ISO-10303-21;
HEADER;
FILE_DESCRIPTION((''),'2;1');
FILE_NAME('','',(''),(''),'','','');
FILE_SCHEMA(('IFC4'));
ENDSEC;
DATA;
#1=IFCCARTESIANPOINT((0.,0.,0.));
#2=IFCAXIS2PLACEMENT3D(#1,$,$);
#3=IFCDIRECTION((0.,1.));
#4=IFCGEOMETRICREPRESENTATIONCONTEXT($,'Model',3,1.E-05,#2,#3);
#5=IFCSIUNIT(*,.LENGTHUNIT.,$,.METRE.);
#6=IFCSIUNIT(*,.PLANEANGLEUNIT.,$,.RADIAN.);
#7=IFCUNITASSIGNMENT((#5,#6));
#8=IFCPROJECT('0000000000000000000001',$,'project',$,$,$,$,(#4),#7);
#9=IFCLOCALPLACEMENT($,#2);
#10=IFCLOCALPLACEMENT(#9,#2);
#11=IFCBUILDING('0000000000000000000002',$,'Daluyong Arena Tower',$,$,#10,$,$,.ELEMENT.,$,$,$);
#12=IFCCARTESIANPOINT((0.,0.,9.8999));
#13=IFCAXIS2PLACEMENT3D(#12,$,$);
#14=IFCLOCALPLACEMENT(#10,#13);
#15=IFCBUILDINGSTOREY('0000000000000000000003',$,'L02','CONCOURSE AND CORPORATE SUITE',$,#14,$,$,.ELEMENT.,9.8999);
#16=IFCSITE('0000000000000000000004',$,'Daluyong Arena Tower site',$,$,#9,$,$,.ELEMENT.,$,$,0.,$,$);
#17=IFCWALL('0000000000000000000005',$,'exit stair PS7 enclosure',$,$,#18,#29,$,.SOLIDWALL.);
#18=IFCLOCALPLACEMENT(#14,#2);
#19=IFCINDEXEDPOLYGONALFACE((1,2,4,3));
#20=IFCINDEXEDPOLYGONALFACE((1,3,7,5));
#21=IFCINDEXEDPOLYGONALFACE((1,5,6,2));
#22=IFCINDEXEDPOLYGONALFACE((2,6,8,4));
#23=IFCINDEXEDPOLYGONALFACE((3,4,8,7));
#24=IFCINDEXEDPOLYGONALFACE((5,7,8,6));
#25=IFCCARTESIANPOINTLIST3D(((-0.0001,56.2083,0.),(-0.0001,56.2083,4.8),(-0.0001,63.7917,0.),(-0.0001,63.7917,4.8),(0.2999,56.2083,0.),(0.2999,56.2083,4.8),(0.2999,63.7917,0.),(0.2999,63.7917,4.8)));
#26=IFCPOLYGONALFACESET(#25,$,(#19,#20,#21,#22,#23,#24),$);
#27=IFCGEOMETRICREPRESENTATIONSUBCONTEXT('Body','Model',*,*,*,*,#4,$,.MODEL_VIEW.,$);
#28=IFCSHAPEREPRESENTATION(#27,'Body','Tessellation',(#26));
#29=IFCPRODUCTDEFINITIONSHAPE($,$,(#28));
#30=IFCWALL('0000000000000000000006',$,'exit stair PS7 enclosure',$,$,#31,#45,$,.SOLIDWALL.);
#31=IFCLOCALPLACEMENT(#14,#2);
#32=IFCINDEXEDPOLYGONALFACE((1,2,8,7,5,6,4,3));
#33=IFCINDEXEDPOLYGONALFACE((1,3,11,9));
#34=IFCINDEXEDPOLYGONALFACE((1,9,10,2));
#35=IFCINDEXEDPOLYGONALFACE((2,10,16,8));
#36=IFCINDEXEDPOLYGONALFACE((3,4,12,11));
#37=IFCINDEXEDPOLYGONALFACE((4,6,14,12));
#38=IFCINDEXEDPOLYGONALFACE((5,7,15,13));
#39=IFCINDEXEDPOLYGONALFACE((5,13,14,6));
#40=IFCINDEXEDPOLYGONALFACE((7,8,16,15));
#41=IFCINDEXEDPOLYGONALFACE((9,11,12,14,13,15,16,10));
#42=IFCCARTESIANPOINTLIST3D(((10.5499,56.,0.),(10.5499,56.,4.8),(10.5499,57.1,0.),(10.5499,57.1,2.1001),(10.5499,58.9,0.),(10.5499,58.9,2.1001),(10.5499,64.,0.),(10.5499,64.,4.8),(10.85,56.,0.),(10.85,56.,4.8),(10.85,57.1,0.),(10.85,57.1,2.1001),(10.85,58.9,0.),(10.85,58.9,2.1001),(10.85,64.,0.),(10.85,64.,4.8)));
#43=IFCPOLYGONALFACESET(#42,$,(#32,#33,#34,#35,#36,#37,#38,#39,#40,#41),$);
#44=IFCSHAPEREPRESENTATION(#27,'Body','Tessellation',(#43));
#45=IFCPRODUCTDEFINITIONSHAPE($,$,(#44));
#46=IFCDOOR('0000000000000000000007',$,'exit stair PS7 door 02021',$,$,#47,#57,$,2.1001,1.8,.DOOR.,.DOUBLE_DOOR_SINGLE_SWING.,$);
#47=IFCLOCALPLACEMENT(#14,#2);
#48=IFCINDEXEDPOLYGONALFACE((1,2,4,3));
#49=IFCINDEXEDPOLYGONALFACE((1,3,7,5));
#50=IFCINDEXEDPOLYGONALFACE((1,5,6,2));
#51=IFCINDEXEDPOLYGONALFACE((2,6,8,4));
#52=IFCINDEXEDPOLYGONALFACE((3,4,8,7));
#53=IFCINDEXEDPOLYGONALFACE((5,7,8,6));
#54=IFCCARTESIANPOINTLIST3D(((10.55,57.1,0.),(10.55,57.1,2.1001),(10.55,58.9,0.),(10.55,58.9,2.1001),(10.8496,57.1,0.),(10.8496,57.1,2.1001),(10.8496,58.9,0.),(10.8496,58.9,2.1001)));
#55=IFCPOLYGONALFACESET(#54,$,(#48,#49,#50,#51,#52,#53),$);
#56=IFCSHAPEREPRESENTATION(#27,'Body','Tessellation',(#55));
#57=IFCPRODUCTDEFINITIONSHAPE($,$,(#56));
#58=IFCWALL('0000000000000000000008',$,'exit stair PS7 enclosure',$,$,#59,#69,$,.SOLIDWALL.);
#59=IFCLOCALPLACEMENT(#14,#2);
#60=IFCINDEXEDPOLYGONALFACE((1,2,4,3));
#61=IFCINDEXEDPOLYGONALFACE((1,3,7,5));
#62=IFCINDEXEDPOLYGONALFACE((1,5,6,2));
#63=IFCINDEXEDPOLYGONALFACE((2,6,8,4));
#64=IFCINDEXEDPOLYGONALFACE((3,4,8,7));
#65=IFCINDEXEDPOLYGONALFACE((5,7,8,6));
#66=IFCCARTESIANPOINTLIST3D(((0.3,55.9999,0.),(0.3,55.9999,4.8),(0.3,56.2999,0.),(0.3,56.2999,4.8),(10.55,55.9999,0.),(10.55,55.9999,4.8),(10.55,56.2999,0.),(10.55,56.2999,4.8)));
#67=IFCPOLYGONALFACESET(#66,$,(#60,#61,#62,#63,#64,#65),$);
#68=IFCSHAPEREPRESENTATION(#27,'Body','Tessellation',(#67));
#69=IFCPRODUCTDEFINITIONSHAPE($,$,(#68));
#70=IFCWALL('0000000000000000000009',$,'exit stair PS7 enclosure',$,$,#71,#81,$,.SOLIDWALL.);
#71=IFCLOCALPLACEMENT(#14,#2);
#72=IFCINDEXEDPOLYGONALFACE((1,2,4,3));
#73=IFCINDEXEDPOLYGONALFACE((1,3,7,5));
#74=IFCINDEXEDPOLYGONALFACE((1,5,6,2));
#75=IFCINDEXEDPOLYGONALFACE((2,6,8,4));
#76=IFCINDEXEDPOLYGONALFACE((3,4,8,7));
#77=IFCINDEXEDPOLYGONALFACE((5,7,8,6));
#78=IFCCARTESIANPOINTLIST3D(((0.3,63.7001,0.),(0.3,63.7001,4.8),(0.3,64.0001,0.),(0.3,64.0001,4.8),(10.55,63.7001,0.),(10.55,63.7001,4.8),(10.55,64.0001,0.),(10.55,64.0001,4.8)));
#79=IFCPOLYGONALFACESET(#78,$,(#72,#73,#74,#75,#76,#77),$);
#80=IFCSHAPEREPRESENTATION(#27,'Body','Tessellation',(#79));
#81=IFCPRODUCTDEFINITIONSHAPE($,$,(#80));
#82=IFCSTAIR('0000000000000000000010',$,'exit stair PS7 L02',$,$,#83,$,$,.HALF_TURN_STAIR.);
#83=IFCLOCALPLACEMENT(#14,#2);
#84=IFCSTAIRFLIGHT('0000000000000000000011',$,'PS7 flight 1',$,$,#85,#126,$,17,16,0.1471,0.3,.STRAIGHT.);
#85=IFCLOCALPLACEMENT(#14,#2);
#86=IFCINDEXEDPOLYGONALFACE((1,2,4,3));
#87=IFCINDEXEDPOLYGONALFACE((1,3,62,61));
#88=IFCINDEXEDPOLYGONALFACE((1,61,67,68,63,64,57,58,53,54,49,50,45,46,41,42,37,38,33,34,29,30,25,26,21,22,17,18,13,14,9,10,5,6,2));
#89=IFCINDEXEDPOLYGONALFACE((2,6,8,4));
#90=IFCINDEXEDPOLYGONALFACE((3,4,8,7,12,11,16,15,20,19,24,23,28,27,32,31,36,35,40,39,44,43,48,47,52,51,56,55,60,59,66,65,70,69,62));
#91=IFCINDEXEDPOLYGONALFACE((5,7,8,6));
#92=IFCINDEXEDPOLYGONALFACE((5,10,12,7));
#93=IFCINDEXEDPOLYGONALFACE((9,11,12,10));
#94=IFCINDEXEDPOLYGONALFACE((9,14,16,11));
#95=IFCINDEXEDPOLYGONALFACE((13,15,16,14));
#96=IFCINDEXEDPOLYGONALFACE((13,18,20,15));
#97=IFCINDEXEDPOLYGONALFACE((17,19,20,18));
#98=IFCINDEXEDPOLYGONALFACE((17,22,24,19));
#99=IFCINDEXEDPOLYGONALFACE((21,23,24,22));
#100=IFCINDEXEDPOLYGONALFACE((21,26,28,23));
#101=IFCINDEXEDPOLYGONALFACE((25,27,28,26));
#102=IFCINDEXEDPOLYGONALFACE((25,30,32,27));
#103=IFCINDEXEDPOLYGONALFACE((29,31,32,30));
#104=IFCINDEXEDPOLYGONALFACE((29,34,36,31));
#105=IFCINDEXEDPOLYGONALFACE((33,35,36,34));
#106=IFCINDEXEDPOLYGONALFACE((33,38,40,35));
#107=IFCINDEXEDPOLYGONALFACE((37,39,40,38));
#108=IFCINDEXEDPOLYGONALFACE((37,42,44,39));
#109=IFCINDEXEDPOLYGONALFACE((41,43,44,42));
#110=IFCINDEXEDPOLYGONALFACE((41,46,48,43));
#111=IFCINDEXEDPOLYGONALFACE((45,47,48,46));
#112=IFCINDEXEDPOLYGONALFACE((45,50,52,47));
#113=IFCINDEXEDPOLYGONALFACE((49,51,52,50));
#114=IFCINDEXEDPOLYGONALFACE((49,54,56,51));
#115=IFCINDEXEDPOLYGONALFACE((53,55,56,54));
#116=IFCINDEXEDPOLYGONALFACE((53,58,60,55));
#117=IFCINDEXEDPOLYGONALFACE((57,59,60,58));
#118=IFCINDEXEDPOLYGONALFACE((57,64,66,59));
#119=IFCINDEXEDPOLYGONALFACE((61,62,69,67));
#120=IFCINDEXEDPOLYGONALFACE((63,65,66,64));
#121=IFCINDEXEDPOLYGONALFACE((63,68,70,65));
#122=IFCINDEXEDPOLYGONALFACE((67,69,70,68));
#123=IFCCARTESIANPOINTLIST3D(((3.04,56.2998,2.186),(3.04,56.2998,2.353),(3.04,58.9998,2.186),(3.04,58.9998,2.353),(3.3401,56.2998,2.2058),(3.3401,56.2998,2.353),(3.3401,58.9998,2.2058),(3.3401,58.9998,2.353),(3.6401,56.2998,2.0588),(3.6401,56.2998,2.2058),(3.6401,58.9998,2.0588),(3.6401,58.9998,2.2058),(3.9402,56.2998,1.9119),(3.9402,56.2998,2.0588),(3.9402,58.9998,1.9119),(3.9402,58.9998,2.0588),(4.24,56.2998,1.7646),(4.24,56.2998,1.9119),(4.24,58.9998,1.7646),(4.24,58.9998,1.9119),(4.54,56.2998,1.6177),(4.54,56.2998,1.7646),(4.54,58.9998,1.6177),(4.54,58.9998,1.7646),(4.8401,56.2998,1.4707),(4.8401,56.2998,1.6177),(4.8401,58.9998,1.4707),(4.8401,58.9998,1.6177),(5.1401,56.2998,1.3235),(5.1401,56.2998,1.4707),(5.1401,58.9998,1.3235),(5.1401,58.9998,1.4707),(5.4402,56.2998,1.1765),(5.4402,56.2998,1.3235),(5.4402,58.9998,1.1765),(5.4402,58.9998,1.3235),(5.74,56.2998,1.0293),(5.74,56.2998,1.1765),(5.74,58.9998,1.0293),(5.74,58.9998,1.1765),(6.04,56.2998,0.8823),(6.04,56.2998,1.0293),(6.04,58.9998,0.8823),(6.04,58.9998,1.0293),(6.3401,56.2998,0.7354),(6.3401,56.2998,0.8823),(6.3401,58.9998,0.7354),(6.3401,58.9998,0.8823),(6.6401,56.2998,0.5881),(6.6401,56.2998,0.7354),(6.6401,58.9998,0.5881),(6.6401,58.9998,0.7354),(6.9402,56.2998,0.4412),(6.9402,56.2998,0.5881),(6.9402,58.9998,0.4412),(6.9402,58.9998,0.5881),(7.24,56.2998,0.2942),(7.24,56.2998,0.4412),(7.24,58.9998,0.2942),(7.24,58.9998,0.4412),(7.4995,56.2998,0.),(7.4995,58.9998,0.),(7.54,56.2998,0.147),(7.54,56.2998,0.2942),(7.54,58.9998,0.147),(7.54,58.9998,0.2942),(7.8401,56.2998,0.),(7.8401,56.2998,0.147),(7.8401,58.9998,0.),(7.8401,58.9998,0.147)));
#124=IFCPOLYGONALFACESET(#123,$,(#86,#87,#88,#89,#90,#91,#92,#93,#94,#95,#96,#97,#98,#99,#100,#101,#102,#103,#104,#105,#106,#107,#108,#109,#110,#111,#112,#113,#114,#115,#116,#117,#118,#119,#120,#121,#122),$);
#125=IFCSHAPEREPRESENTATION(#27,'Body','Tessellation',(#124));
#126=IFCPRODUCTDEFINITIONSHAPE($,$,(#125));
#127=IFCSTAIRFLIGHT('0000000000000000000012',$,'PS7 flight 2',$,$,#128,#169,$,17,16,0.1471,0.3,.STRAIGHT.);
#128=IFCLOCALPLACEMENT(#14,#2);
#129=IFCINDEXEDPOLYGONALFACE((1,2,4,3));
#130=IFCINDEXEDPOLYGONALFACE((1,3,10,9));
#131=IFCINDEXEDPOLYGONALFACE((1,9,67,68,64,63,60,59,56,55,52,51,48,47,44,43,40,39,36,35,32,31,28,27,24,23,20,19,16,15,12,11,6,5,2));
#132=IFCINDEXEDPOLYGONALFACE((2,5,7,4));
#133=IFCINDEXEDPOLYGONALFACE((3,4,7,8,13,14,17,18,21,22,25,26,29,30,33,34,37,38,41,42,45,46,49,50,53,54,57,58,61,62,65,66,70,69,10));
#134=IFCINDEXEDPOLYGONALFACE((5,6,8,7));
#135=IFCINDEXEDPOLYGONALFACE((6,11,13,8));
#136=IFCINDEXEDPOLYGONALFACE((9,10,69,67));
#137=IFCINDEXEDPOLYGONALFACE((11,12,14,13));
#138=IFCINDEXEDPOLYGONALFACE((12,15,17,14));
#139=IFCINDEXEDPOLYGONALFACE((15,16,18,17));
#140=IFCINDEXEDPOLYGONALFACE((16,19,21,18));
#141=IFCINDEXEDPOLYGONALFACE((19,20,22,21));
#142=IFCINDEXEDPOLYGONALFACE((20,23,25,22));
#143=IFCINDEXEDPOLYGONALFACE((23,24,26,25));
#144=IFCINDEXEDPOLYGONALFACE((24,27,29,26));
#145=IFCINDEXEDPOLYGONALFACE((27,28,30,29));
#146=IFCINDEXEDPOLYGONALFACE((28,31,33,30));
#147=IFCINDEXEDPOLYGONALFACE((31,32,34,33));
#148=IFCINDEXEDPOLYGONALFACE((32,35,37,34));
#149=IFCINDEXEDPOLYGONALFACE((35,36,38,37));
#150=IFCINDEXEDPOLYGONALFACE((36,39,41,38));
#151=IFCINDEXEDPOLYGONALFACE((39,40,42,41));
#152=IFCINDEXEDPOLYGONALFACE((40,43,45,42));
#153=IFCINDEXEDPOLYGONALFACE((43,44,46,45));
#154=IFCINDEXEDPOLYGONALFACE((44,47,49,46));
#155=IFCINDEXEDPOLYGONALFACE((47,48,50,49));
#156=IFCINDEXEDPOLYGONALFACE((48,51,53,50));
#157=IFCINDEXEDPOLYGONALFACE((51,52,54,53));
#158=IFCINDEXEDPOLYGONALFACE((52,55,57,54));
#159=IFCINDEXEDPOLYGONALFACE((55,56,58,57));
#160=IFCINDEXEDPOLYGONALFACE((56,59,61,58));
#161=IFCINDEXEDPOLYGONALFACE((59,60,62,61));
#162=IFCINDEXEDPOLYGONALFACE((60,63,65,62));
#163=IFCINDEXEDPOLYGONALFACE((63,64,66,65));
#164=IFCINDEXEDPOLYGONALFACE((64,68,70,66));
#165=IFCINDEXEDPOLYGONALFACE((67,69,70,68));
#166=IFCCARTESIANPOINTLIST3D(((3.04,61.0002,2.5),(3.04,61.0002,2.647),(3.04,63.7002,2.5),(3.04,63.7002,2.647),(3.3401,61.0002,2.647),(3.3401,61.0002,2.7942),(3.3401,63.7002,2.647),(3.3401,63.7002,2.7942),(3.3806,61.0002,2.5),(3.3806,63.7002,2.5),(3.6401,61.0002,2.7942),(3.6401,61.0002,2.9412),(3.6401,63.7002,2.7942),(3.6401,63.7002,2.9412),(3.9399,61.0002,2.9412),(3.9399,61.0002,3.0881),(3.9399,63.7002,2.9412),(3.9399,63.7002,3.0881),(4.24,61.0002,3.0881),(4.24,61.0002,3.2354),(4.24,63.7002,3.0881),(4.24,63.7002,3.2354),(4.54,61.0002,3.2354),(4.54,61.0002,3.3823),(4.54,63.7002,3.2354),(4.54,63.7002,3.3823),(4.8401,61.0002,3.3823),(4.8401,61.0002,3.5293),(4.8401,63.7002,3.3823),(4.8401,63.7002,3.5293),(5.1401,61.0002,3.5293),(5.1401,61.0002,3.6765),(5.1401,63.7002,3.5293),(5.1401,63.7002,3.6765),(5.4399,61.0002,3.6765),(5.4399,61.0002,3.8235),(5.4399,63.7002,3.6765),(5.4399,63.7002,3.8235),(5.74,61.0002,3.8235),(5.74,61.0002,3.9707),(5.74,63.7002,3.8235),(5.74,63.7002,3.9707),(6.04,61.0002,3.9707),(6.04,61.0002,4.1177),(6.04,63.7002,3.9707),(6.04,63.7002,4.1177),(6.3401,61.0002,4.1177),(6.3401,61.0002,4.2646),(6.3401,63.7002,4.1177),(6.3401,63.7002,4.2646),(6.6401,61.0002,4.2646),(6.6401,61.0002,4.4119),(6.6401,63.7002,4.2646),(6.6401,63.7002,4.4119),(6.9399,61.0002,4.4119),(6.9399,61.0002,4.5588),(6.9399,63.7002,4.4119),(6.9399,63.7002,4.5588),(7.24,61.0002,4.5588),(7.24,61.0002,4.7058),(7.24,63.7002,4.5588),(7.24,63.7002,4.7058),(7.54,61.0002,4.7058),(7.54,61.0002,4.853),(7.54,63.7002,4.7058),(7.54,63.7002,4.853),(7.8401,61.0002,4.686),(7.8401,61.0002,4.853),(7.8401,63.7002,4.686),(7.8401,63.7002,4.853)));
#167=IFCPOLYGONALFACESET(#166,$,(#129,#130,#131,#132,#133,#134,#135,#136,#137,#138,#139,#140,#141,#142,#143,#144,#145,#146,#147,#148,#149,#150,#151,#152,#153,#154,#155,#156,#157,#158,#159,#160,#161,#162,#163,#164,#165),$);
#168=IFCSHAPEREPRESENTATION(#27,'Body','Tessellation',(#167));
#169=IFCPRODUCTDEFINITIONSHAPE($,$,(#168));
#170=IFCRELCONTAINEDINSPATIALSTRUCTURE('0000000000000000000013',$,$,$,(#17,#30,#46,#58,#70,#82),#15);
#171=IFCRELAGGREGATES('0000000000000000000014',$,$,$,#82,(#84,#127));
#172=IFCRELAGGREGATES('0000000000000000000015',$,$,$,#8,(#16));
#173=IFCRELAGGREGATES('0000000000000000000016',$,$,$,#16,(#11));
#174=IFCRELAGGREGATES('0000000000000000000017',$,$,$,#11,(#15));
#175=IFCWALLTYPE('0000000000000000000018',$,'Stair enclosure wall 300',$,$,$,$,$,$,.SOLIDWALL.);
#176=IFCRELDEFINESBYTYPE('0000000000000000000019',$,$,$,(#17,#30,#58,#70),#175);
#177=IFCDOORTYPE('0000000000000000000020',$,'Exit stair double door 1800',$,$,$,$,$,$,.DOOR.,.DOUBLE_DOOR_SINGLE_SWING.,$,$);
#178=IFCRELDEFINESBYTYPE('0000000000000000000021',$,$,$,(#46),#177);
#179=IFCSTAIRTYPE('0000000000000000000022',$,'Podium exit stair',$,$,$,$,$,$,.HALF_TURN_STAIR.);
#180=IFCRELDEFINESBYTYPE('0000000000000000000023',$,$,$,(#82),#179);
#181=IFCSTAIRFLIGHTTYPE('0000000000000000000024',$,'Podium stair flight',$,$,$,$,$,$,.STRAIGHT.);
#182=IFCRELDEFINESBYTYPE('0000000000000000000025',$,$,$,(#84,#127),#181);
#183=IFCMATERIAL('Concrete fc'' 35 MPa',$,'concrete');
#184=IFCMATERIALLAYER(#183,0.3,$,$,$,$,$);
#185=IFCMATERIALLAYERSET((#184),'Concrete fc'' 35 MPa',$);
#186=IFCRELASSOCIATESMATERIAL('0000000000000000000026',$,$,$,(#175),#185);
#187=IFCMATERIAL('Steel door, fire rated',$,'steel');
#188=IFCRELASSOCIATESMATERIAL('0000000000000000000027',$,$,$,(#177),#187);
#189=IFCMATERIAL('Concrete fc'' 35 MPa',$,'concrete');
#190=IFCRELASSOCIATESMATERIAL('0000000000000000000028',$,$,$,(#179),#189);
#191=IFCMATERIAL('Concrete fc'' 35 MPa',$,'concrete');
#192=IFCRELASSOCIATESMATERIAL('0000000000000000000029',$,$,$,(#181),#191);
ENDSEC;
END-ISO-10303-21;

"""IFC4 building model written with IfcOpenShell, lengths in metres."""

from ifc_helpers import new_model, si_unit, direction, frame, frame_2d, origin, place, context, subcontext, project, spatial, polyline, rectangle, outline, extrude, material, layer, layer_set, type_object, element, fill, aggregate, save


model = new_model("IFC4")

# Units and contexts
model_context = context("Model", 3, precision=1e-05, world=origin(), true_north=direction((0.0, 1.0)))
body_context = subcontext(model_context, "Body", "Model", "MODEL_VIEW")
ifc_project = project(units=[si_unit("LENGTHUNIT", "METRE"), si_unit("PLANEANGLEUNIT", "RADIAN")], contexts=[model_context])

# Site, building, storey
site_placement = place(None, origin())
site = spatial("IfcSite", under=ifc_project, at=site_placement, Name="Daluyong Arena Tower site", CompositionType="ELEMENT", RefElevation=0.0)
building_placement = place(site_placement, origin())
building = spatial("IfcBuilding", under=site, at=building_placement, Name="Daluyong Arena Tower", CompositionType="ELEMENT")
storey_placement = place(building_placement, frame((0.0, 0.0, 9.8999)))
storey = spatial("IfcBuildingStorey", under=building, at=storey_placement, Name="L02", Description="CONCOURSE AND CORPORATE SUITE", CompositionType="ELEMENT", Elevation=9.8999)

# Wall
ifc_material_1 = material(Name="Concrete fc' 35 MPa", Category="concrete")
ifc_layer_1 = layer(ifc_material_1, 0.3)
ifc_layer_set_1 = layer_set([ifc_layer_1], Name="Concrete fc' 35 MPa")
wall_type_1 = type_object("IfcWallType", Name="Stair enclosure wall 300", PredefinedType="SOLIDWALL", material=ifc_layer_set_1)
wall_1_placement = place(storey_placement, frame((0.1499, 56.2083, 0.0), z_axis=(0.0, 0.0, 1.0), x_axis=(0.0, 1.0, 0.0)))
element("IfcWall", 1, at=wall_1_placement, inside=storey, type_object=wall_type_1, Name="exit stair PS7 enclosure", PredefinedType="SOLIDWALL", context=body_context, shape_type="SweptSolid", body=[
    extrude(rectangle(XDim=7.5835, YDim=0.3, at=frame_2d((3.7917, 0.0))), origin(), (0.0, 0.0, 1.0), 4.8),
])

# Wall, opening, door
wall_2_placement = place(storey_placement, frame((10.7, 56.0, 0.0), z_axis=(0.0, 0.0, 1.0), x_axis=(0.0, 1.0, 0.0)))
wall_2 = element("IfcWall", 2, at=wall_2_placement, inside=storey, type_object=wall_type_1, Name="exit stair PS7 enclosure", PredefinedType="SOLIDWALL", context=body_context, shape_type="SweptSolid", body=[
    extrude(rectangle(XDim=8.0, YDim=0.3, at=frame_2d((4.0, 0.0))), origin(), (0.0, 0.0, 1.0), 4.8),
])
opening_placement = place(wall_2_placement, frame((1.1001, 0.0, 0.0)))
opening = element("IfcOpeningElement", 3, at=opening_placement, cuts=wall_2, PredefinedType="OPENING", context=body_context, shape_type="SweptSolid", body=[
    extrude(rectangle(XDim=1.8, YDim=2.1001, at=frame_2d((0.8999, 1.05))), frame((0.0, 0.1599, 0.0), z_axis=(0.0, -1.0, 0.0), x_axis=(1.0, 0.0, 0.0)), (0.0, 0.0, 1.0), 0.3201),
])
ifc_material_2 = material(Name="Steel door, fire rated", Category="steel")
door_type = type_object("IfcDoorType", Name="Exit stair double door 1800", OperationType="DOUBLE_DOOR_SINGLE_SWING", PredefinedType="DOOR", material=ifc_material_2)
door_placement = place(opening_placement, origin())
door = element("IfcDoor", 4, at=door_placement, inside=storey, type_object=door_type, Name="exit stair PS7 door 02021", OperationType="DOUBLE_DOOR_SINGLE_SWING", OverallHeight=2.1001, OverallWidth=1.8, PredefinedType="DOOR", context=body_context, shape_type="SweptSolid", body=[
    extrude(rectangle(XDim=1.8, YDim=2.1001, at=frame_2d((0.8999, 1.05))), frame((0.0, 0.1499, 0.0), z_axis=(0.0, -1.0, 0.0), x_axis=(1.0, 0.0, 0.0)), (0.0, 0.0, 1.0), 0.2996),
])
fill(opening, door)

# Walls
for number, where, z_axis, x_axis, name in (
    (5, (0.3, 56.1499, 0.0), (0.0, 0.0, 1.0), (1.0, 0.0, 0.0), "exit stair PS7 enclosure"),
    (6, (0.3, 63.8501, 0.0), (0.0, 0.0, 1.0), (1.0, 0.0, 0.0), "exit stair PS7 enclosure"),
):
    element("IfcWall", number, at=place(storey_placement, frame(where, z_axis=z_axis, x_axis=x_axis)), inside=storey, type_object=wall_type_1, Name=name, PredefinedType="SOLIDWALL", context=body_context, shape_type="SweptSolid", body=[
        extrude(rectangle(XDim=10.25, YDim=0.3, at=frame_2d((5.125, 0.0))), origin(), (0.0, 0.0, 1.0), 4.8),
    ])

# Stair, stair flights
ifc_material_3 = material(Name="Concrete fc' 35 MPa", Category="concrete")
stair_type = type_object("IfcStairType", Name="Podium exit stair", PredefinedType="HALF_TURN_STAIR", material=ifc_material_3)
stair_placement = place(storey_placement, origin())
stair = element("IfcStair", 7, at=stair_placement, inside=storey, type_object=stair_type, Name="exit stair PS7 L02", PredefinedType="HALF_TURN_STAIR")
ifc_material_4 = material(Name="Concrete fc' 35 MPa", Category="concrete")
stair_flight_type = type_object("IfcStairFlightType", Name="Podium stair flight", PredefinedType="STRAIGHT", material=ifc_material_4)
stair_flight_1_placement = place(storey_placement, frame((7.8401, 57.6499, 0.0), z_axis=(0.0, 0.0, 1.0), x_axis=(-1.0, 0.0, 0.0)))
stair_flight_1 = element("IfcStairFlight", 8, at=stair_flight_1_placement, type_object=stair_flight_type, Name="PS7 flight 1", NumberOfRisers=17, NumberOfTreads=16, PredefinedType="STRAIGHT", RiserHeight=0.1471, TreadLength=0.3, context=body_context, shape_type="SweptSolid", body=[
    extrude(outline(polyline([(0.0, 0.0), (0.0, 0.147), (0.3, 0.147), (0.3, 0.2942), (0.6001, 0.2942), (0.6001, 0.4412), (0.8999, 0.4412), (0.8999, 0.5881), (1.2, 0.5881), (1.2, 0.7354), (1.5, 0.7354), (1.5, 0.8823), (1.8, 0.8823), (1.8, 1.0293), (2.1001, 1.0293), (2.1001, 1.1765), (2.3999, 1.1765), (2.3999, 1.3235), (2.7, 1.3235), (2.7, 1.4707), (3.0, 1.4707), (3.0, 1.6177), (3.3, 1.6177), (3.3, 1.7646), (3.6001, 1.7646), (3.6001, 1.9119), (3.8999, 1.9119), (3.8999, 2.0588), (4.2, 2.0588), (4.2, 2.2058), (4.5, 2.2058), (4.5, 2.353), (4.8, 2.353), (4.8, 2.5), (4.8, 2.186), (0.3406, 0.0), (0.0, 0.0)])), frame((0.0, 1.3501, 0.0), z_axis=(0.0, -1.0, 0.0), x_axis=(1.0, 0.0, 0.0)), (0.0, 0.0, 1.0), 2.7),
])
stair_flight_2_placement = place(storey_placement, frame((3.04, 62.3501, 2.5), z_axis=(0.0, 0.0, 1.0), x_axis=(1.0, 0.0, 0.0)))
stair_flight_2 = element("IfcStairFlight", 9, at=stair_flight_2_placement, type_object=stair_flight_type, Name="PS7 flight 2", NumberOfRisers=17, NumberOfTreads=16, PredefinedType="STRAIGHT", RiserHeight=0.1471, TreadLength=0.3, context=body_context, shape_type="SweptSolid", body=[
    extrude(outline(polyline([(0.0, 0.0), (0.0, 0.147), (0.3, 0.147), (0.3, 0.2942), (0.6001, 0.2942), (0.6001, 0.4412), (0.8999, 0.4412), (0.8999, 0.5881), (1.2, 0.5881), (1.2, 0.7354), (1.5, 0.7354), (1.5, 0.8823), (1.8, 0.8823), (1.8, 1.0293), (2.1001, 1.0293), (2.1001, 1.1765), (2.3999, 1.1765), (2.3999, 1.3235), (2.7, 1.3235), (2.7, 1.4707), (3.0, 1.4707), (3.0, 1.6177), (3.3, 1.6177), (3.3, 1.7646), (3.6001, 1.7646), (3.6001, 1.9119), (3.8999, 1.9119), (3.8999, 2.0588), (4.2, 2.0588), (4.2, 2.2058), (4.5, 2.2058), (4.5, 2.353), (4.8, 2.353), (4.8, 2.5), (4.8, 2.186), (0.3406, 0.0), (0.0, 0.0)])), frame((0.0, 1.3501, 0.0), z_axis=(0.0, -1.0, 0.0), x_axis=(1.0, 0.0, 0.0)), (0.0, 0.0, 1.0), 2.7),
])
aggregate(stair, [stair_flight_1, stair_flight_2])

save(model, "model.ifc")
